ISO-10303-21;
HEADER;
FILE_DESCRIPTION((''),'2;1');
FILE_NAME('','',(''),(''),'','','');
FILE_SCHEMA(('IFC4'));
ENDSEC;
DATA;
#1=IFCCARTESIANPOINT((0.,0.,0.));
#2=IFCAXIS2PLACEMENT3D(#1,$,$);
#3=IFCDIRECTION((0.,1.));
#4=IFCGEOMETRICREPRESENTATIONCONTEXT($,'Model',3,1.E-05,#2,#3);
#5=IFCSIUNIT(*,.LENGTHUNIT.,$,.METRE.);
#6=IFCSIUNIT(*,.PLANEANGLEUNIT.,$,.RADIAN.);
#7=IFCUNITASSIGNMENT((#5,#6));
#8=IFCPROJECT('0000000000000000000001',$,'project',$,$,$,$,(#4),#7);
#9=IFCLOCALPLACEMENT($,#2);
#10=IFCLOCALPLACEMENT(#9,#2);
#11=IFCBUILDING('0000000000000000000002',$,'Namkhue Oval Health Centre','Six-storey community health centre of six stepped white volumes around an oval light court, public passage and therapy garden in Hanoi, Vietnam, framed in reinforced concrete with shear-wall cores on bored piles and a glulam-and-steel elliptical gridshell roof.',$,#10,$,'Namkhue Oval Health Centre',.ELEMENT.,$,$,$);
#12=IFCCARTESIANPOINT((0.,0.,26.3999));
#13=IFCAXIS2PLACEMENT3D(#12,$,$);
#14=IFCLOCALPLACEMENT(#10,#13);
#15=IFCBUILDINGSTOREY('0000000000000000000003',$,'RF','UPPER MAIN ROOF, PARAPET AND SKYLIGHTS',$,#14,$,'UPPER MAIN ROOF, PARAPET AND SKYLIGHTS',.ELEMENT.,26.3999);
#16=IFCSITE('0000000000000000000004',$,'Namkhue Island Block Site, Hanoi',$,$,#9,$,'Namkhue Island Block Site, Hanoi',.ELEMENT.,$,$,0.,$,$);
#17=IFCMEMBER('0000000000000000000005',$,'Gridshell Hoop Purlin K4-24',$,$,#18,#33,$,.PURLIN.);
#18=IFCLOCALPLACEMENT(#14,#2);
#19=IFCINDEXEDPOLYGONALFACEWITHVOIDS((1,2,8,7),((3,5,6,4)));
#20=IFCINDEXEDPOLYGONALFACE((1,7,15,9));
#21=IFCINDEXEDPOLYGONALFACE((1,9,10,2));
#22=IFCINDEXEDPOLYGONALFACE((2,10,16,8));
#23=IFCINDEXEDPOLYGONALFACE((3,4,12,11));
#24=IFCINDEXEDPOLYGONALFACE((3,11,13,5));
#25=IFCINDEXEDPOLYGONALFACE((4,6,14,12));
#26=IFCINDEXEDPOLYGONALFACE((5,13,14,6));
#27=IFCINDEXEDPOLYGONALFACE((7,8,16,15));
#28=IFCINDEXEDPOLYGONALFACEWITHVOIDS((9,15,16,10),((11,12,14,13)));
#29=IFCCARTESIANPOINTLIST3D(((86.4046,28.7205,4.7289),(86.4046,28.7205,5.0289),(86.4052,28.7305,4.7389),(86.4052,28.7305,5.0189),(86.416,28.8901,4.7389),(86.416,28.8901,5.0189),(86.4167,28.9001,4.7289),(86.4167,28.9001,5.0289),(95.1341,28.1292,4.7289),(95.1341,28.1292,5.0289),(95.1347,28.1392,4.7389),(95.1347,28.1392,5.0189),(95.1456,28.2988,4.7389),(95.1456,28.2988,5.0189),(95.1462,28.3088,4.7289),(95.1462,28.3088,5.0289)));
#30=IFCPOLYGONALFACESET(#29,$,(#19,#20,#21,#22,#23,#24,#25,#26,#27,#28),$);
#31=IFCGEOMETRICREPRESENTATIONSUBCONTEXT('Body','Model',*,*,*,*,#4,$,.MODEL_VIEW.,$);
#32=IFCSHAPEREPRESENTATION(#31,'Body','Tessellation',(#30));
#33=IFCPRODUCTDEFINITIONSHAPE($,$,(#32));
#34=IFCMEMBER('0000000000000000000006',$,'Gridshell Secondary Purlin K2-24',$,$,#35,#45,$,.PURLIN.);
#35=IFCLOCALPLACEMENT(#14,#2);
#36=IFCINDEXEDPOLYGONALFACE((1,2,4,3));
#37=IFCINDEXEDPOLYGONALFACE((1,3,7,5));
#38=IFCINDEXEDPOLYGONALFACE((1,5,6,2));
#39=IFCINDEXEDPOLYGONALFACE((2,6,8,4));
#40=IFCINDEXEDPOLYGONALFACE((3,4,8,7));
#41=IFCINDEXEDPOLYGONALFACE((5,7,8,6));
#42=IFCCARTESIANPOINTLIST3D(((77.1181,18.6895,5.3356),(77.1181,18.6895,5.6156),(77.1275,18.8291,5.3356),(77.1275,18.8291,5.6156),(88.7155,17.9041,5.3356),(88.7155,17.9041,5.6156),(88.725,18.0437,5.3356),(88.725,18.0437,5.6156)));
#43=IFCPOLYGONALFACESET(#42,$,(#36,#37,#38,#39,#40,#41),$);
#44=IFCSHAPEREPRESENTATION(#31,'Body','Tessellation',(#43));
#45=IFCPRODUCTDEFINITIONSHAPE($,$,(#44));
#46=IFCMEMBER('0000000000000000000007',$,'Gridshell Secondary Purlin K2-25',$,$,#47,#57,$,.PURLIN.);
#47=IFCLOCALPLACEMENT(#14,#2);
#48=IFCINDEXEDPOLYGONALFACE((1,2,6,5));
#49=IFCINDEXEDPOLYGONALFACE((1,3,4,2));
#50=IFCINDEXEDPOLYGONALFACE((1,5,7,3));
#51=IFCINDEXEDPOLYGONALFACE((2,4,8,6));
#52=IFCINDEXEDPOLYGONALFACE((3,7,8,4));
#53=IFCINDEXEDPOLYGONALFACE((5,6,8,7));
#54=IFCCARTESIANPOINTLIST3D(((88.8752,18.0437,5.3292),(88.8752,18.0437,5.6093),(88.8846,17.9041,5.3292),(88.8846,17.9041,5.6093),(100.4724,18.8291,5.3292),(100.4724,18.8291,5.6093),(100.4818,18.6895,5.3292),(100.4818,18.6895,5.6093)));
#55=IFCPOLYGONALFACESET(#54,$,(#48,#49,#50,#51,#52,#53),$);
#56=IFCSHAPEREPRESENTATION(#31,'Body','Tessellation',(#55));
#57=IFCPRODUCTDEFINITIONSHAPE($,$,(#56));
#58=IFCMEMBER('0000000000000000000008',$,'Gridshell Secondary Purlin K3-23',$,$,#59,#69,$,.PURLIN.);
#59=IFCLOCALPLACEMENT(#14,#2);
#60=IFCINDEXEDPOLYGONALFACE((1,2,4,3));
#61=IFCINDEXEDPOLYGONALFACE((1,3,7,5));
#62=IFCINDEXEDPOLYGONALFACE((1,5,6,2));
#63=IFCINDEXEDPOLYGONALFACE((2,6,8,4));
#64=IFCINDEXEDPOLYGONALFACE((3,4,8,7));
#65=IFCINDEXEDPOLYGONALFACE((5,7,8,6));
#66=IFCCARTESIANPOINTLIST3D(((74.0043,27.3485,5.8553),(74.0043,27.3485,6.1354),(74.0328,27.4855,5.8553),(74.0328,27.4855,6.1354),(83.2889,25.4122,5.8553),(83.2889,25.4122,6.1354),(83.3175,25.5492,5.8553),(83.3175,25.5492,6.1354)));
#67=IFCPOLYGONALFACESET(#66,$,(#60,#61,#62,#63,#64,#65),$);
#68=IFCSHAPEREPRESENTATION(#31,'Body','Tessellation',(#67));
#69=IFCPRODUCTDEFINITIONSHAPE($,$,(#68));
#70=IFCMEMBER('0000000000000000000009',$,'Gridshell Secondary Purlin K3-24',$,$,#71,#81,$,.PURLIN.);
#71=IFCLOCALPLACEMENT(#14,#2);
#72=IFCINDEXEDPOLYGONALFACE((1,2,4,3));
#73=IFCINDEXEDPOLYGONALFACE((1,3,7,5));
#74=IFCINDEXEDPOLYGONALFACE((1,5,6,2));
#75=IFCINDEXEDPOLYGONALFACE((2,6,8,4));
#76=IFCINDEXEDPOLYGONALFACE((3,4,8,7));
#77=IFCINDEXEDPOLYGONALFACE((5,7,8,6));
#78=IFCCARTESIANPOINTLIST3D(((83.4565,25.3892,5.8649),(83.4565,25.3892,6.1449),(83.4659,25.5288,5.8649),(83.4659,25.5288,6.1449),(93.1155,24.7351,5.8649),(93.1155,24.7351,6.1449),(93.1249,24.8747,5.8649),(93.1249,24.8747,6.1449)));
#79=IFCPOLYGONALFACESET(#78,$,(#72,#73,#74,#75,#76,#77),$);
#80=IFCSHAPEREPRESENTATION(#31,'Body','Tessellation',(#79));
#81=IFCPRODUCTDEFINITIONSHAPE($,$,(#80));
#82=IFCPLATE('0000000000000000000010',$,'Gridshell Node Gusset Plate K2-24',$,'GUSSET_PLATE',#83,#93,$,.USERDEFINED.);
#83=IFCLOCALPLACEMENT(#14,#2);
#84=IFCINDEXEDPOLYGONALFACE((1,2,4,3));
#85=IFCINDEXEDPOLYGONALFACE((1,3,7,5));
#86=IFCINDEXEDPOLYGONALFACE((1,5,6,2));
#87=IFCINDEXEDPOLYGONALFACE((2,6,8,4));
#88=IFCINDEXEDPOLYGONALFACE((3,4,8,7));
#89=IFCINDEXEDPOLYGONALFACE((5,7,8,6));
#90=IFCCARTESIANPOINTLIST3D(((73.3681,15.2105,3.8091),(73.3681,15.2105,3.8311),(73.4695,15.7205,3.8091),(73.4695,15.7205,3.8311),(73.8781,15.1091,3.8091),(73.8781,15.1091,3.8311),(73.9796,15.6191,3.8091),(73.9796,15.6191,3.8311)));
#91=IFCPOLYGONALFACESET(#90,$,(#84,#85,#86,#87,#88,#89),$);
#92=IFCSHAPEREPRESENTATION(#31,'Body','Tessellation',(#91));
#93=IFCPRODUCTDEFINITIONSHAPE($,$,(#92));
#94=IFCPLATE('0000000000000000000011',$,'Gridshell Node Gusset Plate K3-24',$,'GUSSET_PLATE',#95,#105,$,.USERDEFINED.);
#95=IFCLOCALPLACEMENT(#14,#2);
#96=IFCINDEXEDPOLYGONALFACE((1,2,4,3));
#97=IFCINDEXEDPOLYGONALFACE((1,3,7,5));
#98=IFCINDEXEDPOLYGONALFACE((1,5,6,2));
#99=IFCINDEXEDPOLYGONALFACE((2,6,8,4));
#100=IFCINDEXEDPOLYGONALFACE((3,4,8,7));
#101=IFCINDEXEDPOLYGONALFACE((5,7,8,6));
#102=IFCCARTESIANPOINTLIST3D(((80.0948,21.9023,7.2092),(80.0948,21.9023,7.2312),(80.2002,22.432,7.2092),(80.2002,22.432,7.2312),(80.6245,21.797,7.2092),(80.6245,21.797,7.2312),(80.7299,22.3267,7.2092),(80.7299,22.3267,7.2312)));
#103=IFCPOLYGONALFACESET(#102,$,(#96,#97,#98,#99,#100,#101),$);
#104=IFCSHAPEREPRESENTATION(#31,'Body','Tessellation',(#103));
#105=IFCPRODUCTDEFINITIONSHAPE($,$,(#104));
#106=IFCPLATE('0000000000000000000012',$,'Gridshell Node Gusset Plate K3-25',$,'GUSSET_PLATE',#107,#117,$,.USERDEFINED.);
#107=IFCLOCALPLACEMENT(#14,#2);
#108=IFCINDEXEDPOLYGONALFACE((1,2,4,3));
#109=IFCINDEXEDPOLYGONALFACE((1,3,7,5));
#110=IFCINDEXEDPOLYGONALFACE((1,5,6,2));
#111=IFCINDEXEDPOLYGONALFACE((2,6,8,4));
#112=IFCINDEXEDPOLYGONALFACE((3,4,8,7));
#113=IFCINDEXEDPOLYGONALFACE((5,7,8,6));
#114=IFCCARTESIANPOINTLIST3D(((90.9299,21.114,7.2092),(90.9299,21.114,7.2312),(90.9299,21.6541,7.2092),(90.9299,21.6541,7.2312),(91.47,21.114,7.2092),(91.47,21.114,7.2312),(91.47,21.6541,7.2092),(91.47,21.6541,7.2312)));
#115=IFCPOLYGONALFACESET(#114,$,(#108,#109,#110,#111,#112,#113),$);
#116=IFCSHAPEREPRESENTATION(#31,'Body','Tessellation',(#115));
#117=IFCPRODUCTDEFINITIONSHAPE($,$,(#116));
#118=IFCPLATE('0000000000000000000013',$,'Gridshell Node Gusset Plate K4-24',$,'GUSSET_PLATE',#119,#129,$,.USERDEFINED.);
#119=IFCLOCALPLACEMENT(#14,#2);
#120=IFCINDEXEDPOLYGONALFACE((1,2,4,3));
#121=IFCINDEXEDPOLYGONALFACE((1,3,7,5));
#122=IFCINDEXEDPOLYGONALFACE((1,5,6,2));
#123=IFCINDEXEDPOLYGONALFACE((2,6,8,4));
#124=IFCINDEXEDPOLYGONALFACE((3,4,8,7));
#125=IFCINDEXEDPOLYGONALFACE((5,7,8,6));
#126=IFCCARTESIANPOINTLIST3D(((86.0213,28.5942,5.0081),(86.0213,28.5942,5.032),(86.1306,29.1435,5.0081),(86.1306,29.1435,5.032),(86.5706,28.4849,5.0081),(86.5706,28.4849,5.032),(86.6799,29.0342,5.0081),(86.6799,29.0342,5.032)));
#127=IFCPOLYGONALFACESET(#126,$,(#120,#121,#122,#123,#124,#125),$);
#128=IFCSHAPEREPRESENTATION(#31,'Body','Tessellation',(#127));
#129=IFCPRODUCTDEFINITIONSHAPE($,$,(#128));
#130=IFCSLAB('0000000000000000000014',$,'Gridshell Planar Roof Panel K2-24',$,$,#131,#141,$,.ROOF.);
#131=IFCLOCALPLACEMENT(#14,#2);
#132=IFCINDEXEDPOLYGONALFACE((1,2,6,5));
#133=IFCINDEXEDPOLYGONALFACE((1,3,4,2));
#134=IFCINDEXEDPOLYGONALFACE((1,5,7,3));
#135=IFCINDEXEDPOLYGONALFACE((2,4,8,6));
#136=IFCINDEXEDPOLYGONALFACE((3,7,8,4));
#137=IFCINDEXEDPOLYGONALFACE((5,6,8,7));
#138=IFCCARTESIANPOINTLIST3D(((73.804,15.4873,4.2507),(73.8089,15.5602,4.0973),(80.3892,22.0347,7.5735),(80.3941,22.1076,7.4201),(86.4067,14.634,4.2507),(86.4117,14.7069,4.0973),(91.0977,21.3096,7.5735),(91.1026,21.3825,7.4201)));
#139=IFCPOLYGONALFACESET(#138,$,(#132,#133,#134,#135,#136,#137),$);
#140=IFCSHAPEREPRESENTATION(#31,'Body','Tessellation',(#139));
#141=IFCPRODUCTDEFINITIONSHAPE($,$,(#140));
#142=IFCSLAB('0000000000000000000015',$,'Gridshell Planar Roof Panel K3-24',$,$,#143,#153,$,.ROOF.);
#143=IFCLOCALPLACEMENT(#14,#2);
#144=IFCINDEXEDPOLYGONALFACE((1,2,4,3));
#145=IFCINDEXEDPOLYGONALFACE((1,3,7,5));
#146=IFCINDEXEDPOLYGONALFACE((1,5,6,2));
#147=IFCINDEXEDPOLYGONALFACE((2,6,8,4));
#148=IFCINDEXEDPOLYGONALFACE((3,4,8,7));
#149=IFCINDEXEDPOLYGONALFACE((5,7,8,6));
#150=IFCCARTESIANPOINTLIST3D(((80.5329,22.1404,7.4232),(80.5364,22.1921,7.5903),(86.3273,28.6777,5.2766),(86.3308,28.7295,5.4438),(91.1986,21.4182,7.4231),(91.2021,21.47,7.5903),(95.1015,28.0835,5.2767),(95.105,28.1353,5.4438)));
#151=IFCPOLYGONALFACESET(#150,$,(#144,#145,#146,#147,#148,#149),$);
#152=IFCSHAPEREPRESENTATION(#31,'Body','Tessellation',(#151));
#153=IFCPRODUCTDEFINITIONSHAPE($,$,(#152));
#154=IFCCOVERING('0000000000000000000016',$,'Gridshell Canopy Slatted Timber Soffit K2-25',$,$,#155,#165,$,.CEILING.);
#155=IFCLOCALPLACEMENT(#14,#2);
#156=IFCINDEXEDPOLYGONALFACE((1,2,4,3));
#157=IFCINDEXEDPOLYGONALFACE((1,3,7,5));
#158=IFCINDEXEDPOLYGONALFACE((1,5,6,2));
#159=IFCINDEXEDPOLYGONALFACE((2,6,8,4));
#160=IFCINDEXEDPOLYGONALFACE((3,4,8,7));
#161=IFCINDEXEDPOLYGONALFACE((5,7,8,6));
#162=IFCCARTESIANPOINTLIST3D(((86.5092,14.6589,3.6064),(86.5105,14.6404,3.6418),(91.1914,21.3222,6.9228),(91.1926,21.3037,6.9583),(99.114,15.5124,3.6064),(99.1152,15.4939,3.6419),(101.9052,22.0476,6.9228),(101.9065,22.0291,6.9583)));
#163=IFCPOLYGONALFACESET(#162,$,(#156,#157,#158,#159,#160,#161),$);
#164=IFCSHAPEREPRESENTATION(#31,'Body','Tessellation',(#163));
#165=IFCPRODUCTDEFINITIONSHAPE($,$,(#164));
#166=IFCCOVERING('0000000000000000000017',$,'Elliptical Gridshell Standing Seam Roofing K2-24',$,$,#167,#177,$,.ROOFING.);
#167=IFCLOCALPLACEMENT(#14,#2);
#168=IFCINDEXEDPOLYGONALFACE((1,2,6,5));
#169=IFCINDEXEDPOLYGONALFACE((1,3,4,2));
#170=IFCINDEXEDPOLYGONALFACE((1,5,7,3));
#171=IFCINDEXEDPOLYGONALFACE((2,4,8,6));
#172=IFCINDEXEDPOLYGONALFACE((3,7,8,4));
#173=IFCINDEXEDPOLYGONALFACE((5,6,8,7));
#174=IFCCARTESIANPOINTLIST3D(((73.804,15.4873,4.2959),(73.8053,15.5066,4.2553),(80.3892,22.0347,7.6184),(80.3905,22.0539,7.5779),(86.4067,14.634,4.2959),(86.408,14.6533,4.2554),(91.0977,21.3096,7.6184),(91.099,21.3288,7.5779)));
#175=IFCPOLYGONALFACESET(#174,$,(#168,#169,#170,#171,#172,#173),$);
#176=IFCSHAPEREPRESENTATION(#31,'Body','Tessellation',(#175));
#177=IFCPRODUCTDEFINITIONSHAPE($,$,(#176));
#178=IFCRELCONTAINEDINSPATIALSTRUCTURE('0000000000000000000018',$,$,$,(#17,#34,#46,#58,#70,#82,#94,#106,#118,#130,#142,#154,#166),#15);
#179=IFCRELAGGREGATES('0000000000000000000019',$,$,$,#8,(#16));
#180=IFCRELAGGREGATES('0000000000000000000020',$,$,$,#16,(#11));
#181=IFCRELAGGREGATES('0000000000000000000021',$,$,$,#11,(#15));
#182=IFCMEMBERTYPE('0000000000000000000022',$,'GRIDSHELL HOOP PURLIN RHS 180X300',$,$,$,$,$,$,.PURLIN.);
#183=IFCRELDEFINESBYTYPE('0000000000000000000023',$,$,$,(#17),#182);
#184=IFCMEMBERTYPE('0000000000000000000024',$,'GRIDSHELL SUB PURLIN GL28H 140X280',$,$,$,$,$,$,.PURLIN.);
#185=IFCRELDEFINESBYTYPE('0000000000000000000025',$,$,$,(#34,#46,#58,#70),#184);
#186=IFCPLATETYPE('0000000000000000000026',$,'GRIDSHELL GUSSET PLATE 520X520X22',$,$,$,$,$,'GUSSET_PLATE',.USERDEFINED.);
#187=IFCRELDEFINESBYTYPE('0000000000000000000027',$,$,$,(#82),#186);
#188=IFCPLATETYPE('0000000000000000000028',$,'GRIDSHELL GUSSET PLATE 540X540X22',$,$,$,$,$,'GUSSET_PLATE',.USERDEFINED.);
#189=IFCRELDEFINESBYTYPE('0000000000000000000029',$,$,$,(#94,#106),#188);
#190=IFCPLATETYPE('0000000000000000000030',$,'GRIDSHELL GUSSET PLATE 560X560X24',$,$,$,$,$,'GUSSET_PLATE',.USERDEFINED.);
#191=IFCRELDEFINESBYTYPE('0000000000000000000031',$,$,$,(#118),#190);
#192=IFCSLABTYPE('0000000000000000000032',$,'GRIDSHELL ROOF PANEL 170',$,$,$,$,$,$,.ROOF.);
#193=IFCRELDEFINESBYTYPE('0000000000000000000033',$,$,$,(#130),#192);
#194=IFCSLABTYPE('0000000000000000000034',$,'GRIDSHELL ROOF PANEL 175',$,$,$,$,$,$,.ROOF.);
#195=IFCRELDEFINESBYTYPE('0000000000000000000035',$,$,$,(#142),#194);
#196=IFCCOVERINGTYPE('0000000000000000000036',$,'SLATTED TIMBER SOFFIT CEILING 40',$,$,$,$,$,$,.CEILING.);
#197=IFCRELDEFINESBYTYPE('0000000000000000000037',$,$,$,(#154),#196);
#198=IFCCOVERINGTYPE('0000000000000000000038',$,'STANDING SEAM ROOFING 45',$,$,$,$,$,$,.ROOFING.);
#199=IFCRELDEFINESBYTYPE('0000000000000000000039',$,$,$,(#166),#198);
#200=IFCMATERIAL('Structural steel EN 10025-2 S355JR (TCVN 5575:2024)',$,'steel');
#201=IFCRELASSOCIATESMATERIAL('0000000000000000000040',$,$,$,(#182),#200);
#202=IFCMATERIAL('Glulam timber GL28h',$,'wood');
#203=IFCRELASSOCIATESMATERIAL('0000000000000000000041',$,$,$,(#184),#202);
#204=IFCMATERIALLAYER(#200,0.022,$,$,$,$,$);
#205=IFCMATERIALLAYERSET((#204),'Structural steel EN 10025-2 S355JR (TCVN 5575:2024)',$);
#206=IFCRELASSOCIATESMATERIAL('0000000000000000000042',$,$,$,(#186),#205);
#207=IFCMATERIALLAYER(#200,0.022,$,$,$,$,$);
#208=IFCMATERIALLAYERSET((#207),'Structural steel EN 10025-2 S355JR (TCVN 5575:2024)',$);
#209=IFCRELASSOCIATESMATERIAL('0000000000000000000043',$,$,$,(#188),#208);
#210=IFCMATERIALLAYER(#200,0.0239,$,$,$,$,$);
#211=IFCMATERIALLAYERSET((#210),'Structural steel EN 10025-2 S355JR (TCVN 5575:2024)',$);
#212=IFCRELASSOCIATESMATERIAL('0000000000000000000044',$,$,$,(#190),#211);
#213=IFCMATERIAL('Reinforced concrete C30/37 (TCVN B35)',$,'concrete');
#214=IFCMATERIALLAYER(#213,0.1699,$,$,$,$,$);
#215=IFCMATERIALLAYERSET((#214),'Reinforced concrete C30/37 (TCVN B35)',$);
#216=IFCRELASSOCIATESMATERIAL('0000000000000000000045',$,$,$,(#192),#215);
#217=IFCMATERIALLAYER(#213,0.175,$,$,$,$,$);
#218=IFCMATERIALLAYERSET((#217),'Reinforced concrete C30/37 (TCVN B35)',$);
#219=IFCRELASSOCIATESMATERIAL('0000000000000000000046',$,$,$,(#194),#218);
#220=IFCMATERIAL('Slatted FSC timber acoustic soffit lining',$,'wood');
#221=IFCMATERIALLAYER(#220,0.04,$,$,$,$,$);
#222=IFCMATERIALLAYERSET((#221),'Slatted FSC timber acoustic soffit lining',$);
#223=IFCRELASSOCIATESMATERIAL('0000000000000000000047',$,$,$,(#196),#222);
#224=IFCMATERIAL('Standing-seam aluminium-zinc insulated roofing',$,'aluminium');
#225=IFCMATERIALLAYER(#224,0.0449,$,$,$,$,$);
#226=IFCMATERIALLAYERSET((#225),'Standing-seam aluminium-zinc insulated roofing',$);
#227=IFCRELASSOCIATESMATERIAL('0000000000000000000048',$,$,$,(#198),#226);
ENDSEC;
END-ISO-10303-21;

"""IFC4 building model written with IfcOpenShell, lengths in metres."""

from ifc_helpers import new_model, si_unit, direction, frame, origin, origin_2d, place, context, subcontext, project, spatial, polyline, rectangle, hollow_rectangle, outline, extrude, material, layer, layer_set, material_profile, profile_set, type_object, element, save


model = new_model("IFC4")

# Units and contexts
model_context = context("Model", 3, precision=1e-05, world=origin(), true_north=direction((0.0, 1.0)))
body_context = subcontext(model_context, "Body", "Model", "MODEL_VIEW")
ifc_project = project(units=[si_unit("LENGTHUNIT", "METRE"), si_unit("PLANEANGLEUNIT", "RADIAN")], contexts=[model_context])

# Site, building, storey
site_placement = place(None, origin())
site = spatial("IfcSite", under=ifc_project, at=site_placement, Name="Namkhue Island Block Site, Hanoi", LongName="Namkhue Island Block Site, Hanoi", CompositionType="ELEMENT", RefElevation=0.0)
building_placement = place(site_placement, origin())
building = spatial("IfcBuilding", under=site, at=building_placement, Name="Namkhue Oval Health Centre", Description="Six-storey community health centre of six stepped white volumes around an oval light court, public passage and therapy garden in Hanoi, Vietnam, framed in reinforced concrete with shear-wall cores on bored piles and a glulam-and-steel elliptical gridshell roof.", LongName="Namkhue Oval Health Centre", CompositionType="ELEMENT")
storey_placement = place(building_placement, frame((0.0, 0.0, 26.3999)))
storey = spatial("IfcBuildingStorey", under=building, at=storey_placement, Name="RF", Description="UPPER MAIN ROOF, PARAPET AND SKYLIGHTS", LongName="UPPER MAIN ROOF, PARAPET AND SKYLIGHTS", CompositionType="ELEMENT", Elevation=26.3999)

# Members
ifc_material_1 = material(Name="Structural steel EN 10025-2 S355JR (TCVN 5575:2024)", Category="steel")
ifc_material_2 = material(Name="Glulam timber GL28h", Category="wood")
ifc_material_profile_1 = material_profile(ifc_material_1, hollow_rectangle(XDim=0.1799, YDim=0.3, WallThickness=0.01, at=origin_2d()), Name="RHS 180x300x10")
ifc_profile_set_1 = profile_set([ifc_material_profile_1], Name="Structural steel EN 10025-2 S355JR (TCVN 5575:2024)")
member_type_1 = type_object("IfcMemberType", Name="GRIDSHELL HOOP PURLIN RHS 180X300", PredefinedType="PURLIN", material=ifc_profile_set_1)
member_1_placement = place(storey_placement, frame((86.4106, 28.8103, 4.8789), z_axis=(0.997714, -0.067582, 0.0), x_axis=(0.067582, 0.997714, 0.0)))
element("IfcMember", 1, at=member_1_placement, inside=storey, type_object=member_type_1, Name="Gridshell Hoop Purlin K4-24", PredefinedType="PURLIN", context=body_context, shape_type="SweptSolid", body=[
    extrude(hollow_rectangle(XDim=0.1799, YDim=0.3, WallThickness=0.01, at=origin_2d()), origin(), (0.0, 0.0, 1.0), 8.7495),
])
ifc_material_profile_2 = material_profile(ifc_material_2, rectangle(XDim=0.1399, YDim=0.28, at=origin_2d()), Name="GL28h 140x280")
ifc_profile_set_2 = profile_set([ifc_material_profile_2], Name="Glulam timber GL28h")
member_type_2 = type_object("IfcMemberType", Name="GRIDSHELL SUB PURLIN GL28H 140X280", PredefinedType="PURLIN", material=ifc_profile_set_2)
member_2_placement = place(storey_placement, frame((77.1228, 18.7593, 5.4756), z_axis=(0.997715, -0.067567, 0.0), x_axis=(0.067567, 0.997715, 0.0)))
element("IfcMember", 2, at=member_2_placement, inside=storey, type_object=member_type_2, Name="Gridshell Secondary Purlin K2-24", PredefinedType="PURLIN", context=body_context, shape_type="SweptSolid", body=[
    extrude(rectangle(XDim=0.1399, YDim=0.28, at=origin_2d()), origin(), (0.0, 0.0, 1.0), 11.624),
])
member_3_placement = place(storey_placement, frame((88.8799, 17.9739, 5.4692), z_axis=(0.997715, 0.067569, 0.0), x_axis=(-0.067569, 0.997715, 0.0)))
element("IfcMember", 3, at=member_3_placement, inside=storey, type_object=member_type_2, Name="Gridshell Secondary Purlin K2-25", PredefinedType="PURLIN", context=body_context, shape_type="SweptSolid", body=[
    extrude(rectangle(XDim=0.1399, YDim=0.28, at=origin_2d()), origin(), (0.0, 0.0, 1.0), 11.6238),
])
member_4_placement = place(storey_placement, frame((74.0186, 27.417, 5.9954), z_axis=(0.978939, -0.204154, 0.0), x_axis=(0.204154, 0.978939, 0.0)))
element("IfcMember", 4, at=member_4_placement, inside=storey, type_object=member_type_2, Name="Gridshell Secondary Purlin K3-23", PredefinedType="PURLIN", context=body_context, shape_type="SweptSolid", body=[
    extrude(rectangle(XDim=0.1399, YDim=0.28, at=origin_2d()), origin(), (0.0, 0.0, 1.0), 9.4844),
])
member_5_placement = place(storey_placement, frame((83.4612, 25.459, 6.0049), z_axis=(0.997715, -0.06756, 0.0), x_axis=(0.06756, 0.997715, 0.0)))
element("IfcMember", 5, at=member_5_placement, inside=storey, type_object=member_type_2, Name="Gridshell Secondary Purlin K3-24", PredefinedType="PURLIN", context=body_context, shape_type="SweptSolid", body=[
    extrude(rectangle(XDim=0.1399, YDim=0.28, at=origin_2d()), origin(), (0.0, 0.0, 1.0), 9.6812),
])

# Plates
ifc_layer_1 = layer(ifc_material_1, 0.022)
ifc_layer_set_1 = layer_set([ifc_layer_1], Name="Structural steel EN 10025-2 S355JR (TCVN 5575:2024)")
plate_type_1 = type_object("IfcPlateType", Name="GRIDSHELL GUSSET PLATE 520X520X22", ElementType="GUSSET_PLATE", PredefinedType="USERDEFINED", material=ifc_layer_set_1)
plate_1_placement = place(storey_placement, frame((73.6738, 15.4148, 3.8091), z_axis=(0.0, 0.0, 1.0), x_axis=(-0.19509, -0.980785, 0.0)))
element("IfcPlate", 6, at=plate_1_placement, inside=storey, type_object=plate_type_1, Name="Gridshell Node Gusset Plate K2-24", ObjectType="GUSSET_PLATE", PredefinedType="USERDEFINED", context=body_context, shape_type="SweptSolid", body=[
    extrude(rectangle(XDim=0.52, YDim=0.52, at=origin_2d()), origin(), (0.0, 0.0, 1.0), 0.022),
])
ifc_layer_2 = layer(ifc_material_1, 0.022)
ifc_layer_set_2 = layer_set([ifc_layer_2], Name="Structural steel EN 10025-2 S355JR (TCVN 5575:2024)")
plate_type_2 = type_object("IfcPlateType", Name="GRIDSHELL GUSSET PLATE 540X540X22", ElementType="GUSSET_PLATE", PredefinedType="USERDEFINED", material=ifc_layer_set_2)
for number, where, z_axis, x_axis, name in (
    (7, (80.4124, 22.1145, 7.2092), (0.0, 0.0, 1.0), (-0.19509, -0.980785, 0.0), "Gridshell Node Gusset Plate K3-24"),
    (8, (91.2, 21.384, 7.2092), (0.0, 0.0, 1.0), (0.0, -1.0, 0.0), "Gridshell Node Gusset Plate K3-25"),
):
    element("IfcPlate", number, at=place(storey_placement, frame(where, z_axis=z_axis, x_axis=x_axis)), inside=storey, type_object=plate_type_2, Name=name, ObjectType="GUSSET_PLATE", PredefinedType="USERDEFINED", context=body_context, shape_type="SweptSolid", body=[
        extrude(rectangle(XDim=0.54, YDim=0.54, at=origin_2d()), origin(), (0.0, 0.0, 1.0), 0.022),
    ])
ifc_layer_3 = layer(ifc_material_1, 0.0239)
ifc_layer_set_3 = layer_set([ifc_layer_3], Name="Structural steel EN 10025-2 S355JR (TCVN 5575:2024)")
plate_type_3 = type_object("IfcPlateType", Name="GRIDSHELL GUSSET PLATE 560X560X24", ElementType="GUSSET_PLATE", PredefinedType="USERDEFINED", material=ifc_layer_set_3)
plate_2_placement = place(storey_placement, frame((86.3506, 28.8142, 5.0081), z_axis=(0.0, 0.0, 1.0), x_axis=(-0.19509, -0.980785, 0.0)))
element("IfcPlate", 9, at=plate_2_placement, inside=storey, type_object=plate_type_3, Name="Gridshell Node Gusset Plate K4-24", ObjectType="GUSSET_PLATE", PredefinedType="USERDEFINED", context=body_context, shape_type="SweptSolid", body=[
    extrude(rectangle(XDim=0.5601, YDim=0.5601, at=origin_2d()), origin(), (0.0, 0.0, 1.0), 0.0239),
])

# Slabs
ifc_material_3 = material(Name="Reinforced concrete C30/37 (TCVN B35)", Category="concrete")
ifc_layer_4 = layer(ifc_material_3, 0.1699)
ifc_layer_set_4 = layer_set([ifc_layer_4], Name="Reinforced concrete C30/37 (TCVN B35)")
slab_type_1 = type_object("IfcSlabType", Name="GRIDSHELL ROOF PANEL 170", PredefinedType="ROOF", material=ifc_layer_set_4)
slab_1_placement = place(storey_placement, frame((73.804, 15.4873, 4.2507), z_axis=(-0.029046, -0.42898, 0.902847), x_axis=(0.997716, -0.067551, 0.000001)))
element("IfcSlab", 10, at=slab_1_placement, inside=storey, type_object=slab_type_1, Name="Gridshell Planar Roof Panel K2-24", PredefinedType="ROOF", context=body_context, shape_type="SweptSolid", body=[
    extrude(outline(polyline([(0.0, 0.0), (12.6316, 0.0), (16.8609, 7.728), (6.1279, 7.728), (0.0, 0.0)])), origin(), (0.0, 0.0, -1.0), 0.1699),
])
ifc_layer_5 = layer(ifc_material_3, 0.175)
ifc_layer_set_5 = layer_set([ifc_layer_5], Name="Reinforced concrete C30/37 (TCVN B35)")
slab_type_2 = type_object("IfcSlabType", Name="GRIDSHELL ROOF PANEL 175", PredefinedType="ROOF", material=ifc_layer_set_5)
slab_2_placement = place(storey_placement, frame((80.5364, 22.1921, 7.5903), z_axis=(0.020032, 0.295825, 0.955032), x_axis=(0.997716, -0.067555, -0.000002)))
element("IfcSlab", 11, at=slab_2_placement, inside=storey, type_object=slab_type_2, Name="Gridshell Planar Roof Panel K3-24", PredefinedType="ROOF", context=body_context, shape_type="SweptSolid", body=[
    extrude(outline(polyline([(0.0, 0.0), (10.6902, 0.0), (14.1338, 7.2393), (5.3396, 7.2394), (0.0, 0.0)])), origin(), (0.0, 0.0, -1.0), 0.175),
])

# Coverings
ifc_material_4 = material(Name="Slatted FSC timber acoustic soffit lining", Category="wood")
ifc_layer_6 = layer(ifc_material_4, 0.04)
ifc_layer_set_6 = layer_set([ifc_layer_6], Name="Slatted FSC timber acoustic soffit lining")
covering_type_1 = type_object("IfcCoveringType", Name="SLATTED TIMBER SOFFIT CEILING 40", PredefinedType="CEILING", material=ifc_layer_set_6)
covering_1_placement = place(storey_placement, frame((86.5105, 14.6404, 3.6418), z_axis=(0.031344, -0.462923, 0.885844), x_axis=(0.997715, 0.067558, 0.000002)))
element("IfcCovering", 12, at=covering_1_placement, inside=storey, type_object=covering_type_1, Name="Gridshell Canopy Slatted Timber Soffit K2-25", PredefinedType="CEILING", context=body_context, shape_type="SweptSolid", body=[
    extrude(outline(polyline([(0.0, 0.0), (12.6336, 0.0), (15.86, 7.1476), (5.1216, 7.1477), (0.0, 0.0)])), origin(), (0.0, 0.0, -1.0), 0.04),
])
ifc_material_5 = material(Name="Standing-seam aluminium-zinc insulated roofing", Category="aluminium")
ifc_layer_7 = layer(ifc_material_5, 0.0449)
ifc_layer_set_7 = layer_set([ifc_layer_7], Name="Standing-seam aluminium-zinc insulated roofing")
covering_type_2 = type_object("IfcCoveringType", Name="STANDING SEAM ROOFING 45", PredefinedType="ROOFING", material=ifc_layer_set_7)
covering_2_placement = place(storey_placement, frame((73.804, 15.4873, 4.2959), z_axis=(-0.029044, -0.428954, 0.902859), x_axis=(0.997716, -0.067551, 0.000001)))
element("IfcCovering", 13, at=covering_2_placement, inside=storey, type_object=covering_type_2, Name="Elliptical Gridshell Standing Seam Roofing K2-24", PredefinedType="ROOFING", context=body_context, shape_type="SweptSolid", body=[
    extrude(outline(polyline([(0.0, 0.0), (12.6316, 0.0), (16.8609, 7.7279), (6.1279, 7.7279), (0.0, 0.0)])), origin(), (0.0, 0.0, -1.0), 0.0449),
])

save(model, "model.ifc")
